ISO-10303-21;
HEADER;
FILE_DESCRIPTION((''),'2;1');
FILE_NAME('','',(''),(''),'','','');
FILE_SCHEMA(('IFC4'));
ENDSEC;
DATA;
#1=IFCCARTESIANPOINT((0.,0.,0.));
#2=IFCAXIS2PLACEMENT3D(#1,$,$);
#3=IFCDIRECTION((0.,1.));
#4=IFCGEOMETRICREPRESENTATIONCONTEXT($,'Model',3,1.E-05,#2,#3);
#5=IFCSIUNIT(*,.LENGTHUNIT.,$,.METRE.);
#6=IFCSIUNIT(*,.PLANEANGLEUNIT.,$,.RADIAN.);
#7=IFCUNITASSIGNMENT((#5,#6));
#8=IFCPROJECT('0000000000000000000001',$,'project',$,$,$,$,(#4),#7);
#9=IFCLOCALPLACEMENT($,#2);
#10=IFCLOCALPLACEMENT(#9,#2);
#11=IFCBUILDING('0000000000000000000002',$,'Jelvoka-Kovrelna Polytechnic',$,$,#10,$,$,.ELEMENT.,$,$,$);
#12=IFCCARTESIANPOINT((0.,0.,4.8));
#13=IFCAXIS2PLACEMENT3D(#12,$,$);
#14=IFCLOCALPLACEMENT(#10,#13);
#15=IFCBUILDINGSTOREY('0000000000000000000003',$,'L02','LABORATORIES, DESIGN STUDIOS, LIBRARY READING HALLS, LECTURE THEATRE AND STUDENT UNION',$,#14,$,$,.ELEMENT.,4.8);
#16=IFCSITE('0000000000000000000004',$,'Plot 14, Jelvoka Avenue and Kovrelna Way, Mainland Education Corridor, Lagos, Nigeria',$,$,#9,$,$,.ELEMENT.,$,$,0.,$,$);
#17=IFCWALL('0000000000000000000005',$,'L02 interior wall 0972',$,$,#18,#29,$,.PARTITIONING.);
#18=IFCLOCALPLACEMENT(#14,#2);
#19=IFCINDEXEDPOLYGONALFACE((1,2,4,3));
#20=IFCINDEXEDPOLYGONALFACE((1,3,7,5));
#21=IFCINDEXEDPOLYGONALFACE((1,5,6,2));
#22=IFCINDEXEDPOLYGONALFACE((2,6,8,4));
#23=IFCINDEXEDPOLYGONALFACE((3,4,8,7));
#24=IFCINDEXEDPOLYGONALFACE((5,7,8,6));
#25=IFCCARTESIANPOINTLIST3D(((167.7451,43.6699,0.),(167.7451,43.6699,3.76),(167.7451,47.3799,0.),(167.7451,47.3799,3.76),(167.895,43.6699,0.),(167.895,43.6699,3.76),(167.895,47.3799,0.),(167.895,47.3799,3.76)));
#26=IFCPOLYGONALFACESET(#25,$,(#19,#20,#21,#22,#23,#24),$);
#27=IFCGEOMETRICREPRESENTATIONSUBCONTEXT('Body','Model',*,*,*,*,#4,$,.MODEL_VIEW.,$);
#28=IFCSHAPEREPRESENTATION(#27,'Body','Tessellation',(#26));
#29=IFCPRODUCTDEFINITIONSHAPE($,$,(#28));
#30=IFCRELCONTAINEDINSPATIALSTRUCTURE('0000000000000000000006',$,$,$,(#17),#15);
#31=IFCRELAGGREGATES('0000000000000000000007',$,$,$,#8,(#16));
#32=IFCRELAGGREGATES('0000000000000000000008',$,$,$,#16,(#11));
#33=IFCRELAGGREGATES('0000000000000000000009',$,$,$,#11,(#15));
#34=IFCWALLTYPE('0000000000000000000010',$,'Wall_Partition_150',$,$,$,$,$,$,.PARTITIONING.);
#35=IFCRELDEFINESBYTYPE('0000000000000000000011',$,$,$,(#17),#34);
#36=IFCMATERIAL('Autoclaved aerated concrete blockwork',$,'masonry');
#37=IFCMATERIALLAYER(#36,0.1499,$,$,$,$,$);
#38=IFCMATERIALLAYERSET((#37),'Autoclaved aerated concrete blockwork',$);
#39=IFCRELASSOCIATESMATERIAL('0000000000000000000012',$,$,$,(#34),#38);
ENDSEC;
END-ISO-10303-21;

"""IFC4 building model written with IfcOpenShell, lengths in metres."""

from ifc_helpers import new_model, si_unit, direction, frame, frame_2d, origin, place, context, subcontext, project, spatial, rectangle, extrude, material, layer, layer_set, type_object, element, save


model = new_model("IFC4")

# Units and contexts
model_context = context("Model", 3, precision=1e-05, world=origin(), true_north=direction((0.0, 1.0)))
body_context = subcontext(model_context, "Body", "Model", "MODEL_VIEW")
ifc_project = project(units=[si_unit("LENGTHUNIT", "METRE"), si_unit("PLANEANGLEUNIT", "RADIAN")], contexts=[model_context])

# Site, building, storey
site_placement = place(None, origin())
site = spatial("IfcSite", under=ifc_project, at=site_placement, Name="Plot 14, Jelvoka Avenue and Kovrelna Way, Mainland Education Corridor, Lagos, Nigeria", CompositionType="ELEMENT", RefElevation=0.0)
building_placement = place(site_placement, origin())
building = spatial("IfcBuilding", under=site, at=building_placement, Name="Jelvoka-Kovrelna Polytechnic", CompositionType="ELEMENT")
storey_placement = place(building_placement, frame((0.0, 0.0, 4.8)))
storey = spatial("IfcBuildingStorey", under=building, at=storey_placement, Name="L02", Description="LABORATORIES, DESIGN STUDIOS, LIBRARY READING HALLS, LECTURE THEATRE AND STUDENT UNION", CompositionType="ELEMENT", Elevation=4.8)

# Wall
ifc_material_1 = material(Name="Autoclaved aerated concrete blockwork", Category="masonry")
ifc_layer_1 = layer(ifc_material_1, 0.1499)
ifc_layer_set_1 = layer_set([ifc_layer_1], Name="Autoclaved aerated concrete blockwork")
wall_type_1 = type_object("IfcWallType", Name="Wall_Partition_150", PredefinedType="PARTITIONING", material=ifc_layer_set_1)
wall_1_placement = place(storey_placement, frame((167.8201, 43.6699, 0.0), z_axis=(0.0, 0.0, 1.0), x_axis=(0.0, 1.0, 0.0)))
element("IfcWall", 1, at=wall_1_placement, inside=storey, type_object=wall_type_1, Name="L02 interior wall 0972", PredefinedType="PARTITIONING", context=body_context, shape_type="SweptSolid", body=[
    extrude(rectangle(XDim=3.71, YDim=0.1499, at=frame_2d((1.855, 0.0))), origin(), (0.0, 0.0, 1.0), 3.76),
])

save(model, "model.ifc")
